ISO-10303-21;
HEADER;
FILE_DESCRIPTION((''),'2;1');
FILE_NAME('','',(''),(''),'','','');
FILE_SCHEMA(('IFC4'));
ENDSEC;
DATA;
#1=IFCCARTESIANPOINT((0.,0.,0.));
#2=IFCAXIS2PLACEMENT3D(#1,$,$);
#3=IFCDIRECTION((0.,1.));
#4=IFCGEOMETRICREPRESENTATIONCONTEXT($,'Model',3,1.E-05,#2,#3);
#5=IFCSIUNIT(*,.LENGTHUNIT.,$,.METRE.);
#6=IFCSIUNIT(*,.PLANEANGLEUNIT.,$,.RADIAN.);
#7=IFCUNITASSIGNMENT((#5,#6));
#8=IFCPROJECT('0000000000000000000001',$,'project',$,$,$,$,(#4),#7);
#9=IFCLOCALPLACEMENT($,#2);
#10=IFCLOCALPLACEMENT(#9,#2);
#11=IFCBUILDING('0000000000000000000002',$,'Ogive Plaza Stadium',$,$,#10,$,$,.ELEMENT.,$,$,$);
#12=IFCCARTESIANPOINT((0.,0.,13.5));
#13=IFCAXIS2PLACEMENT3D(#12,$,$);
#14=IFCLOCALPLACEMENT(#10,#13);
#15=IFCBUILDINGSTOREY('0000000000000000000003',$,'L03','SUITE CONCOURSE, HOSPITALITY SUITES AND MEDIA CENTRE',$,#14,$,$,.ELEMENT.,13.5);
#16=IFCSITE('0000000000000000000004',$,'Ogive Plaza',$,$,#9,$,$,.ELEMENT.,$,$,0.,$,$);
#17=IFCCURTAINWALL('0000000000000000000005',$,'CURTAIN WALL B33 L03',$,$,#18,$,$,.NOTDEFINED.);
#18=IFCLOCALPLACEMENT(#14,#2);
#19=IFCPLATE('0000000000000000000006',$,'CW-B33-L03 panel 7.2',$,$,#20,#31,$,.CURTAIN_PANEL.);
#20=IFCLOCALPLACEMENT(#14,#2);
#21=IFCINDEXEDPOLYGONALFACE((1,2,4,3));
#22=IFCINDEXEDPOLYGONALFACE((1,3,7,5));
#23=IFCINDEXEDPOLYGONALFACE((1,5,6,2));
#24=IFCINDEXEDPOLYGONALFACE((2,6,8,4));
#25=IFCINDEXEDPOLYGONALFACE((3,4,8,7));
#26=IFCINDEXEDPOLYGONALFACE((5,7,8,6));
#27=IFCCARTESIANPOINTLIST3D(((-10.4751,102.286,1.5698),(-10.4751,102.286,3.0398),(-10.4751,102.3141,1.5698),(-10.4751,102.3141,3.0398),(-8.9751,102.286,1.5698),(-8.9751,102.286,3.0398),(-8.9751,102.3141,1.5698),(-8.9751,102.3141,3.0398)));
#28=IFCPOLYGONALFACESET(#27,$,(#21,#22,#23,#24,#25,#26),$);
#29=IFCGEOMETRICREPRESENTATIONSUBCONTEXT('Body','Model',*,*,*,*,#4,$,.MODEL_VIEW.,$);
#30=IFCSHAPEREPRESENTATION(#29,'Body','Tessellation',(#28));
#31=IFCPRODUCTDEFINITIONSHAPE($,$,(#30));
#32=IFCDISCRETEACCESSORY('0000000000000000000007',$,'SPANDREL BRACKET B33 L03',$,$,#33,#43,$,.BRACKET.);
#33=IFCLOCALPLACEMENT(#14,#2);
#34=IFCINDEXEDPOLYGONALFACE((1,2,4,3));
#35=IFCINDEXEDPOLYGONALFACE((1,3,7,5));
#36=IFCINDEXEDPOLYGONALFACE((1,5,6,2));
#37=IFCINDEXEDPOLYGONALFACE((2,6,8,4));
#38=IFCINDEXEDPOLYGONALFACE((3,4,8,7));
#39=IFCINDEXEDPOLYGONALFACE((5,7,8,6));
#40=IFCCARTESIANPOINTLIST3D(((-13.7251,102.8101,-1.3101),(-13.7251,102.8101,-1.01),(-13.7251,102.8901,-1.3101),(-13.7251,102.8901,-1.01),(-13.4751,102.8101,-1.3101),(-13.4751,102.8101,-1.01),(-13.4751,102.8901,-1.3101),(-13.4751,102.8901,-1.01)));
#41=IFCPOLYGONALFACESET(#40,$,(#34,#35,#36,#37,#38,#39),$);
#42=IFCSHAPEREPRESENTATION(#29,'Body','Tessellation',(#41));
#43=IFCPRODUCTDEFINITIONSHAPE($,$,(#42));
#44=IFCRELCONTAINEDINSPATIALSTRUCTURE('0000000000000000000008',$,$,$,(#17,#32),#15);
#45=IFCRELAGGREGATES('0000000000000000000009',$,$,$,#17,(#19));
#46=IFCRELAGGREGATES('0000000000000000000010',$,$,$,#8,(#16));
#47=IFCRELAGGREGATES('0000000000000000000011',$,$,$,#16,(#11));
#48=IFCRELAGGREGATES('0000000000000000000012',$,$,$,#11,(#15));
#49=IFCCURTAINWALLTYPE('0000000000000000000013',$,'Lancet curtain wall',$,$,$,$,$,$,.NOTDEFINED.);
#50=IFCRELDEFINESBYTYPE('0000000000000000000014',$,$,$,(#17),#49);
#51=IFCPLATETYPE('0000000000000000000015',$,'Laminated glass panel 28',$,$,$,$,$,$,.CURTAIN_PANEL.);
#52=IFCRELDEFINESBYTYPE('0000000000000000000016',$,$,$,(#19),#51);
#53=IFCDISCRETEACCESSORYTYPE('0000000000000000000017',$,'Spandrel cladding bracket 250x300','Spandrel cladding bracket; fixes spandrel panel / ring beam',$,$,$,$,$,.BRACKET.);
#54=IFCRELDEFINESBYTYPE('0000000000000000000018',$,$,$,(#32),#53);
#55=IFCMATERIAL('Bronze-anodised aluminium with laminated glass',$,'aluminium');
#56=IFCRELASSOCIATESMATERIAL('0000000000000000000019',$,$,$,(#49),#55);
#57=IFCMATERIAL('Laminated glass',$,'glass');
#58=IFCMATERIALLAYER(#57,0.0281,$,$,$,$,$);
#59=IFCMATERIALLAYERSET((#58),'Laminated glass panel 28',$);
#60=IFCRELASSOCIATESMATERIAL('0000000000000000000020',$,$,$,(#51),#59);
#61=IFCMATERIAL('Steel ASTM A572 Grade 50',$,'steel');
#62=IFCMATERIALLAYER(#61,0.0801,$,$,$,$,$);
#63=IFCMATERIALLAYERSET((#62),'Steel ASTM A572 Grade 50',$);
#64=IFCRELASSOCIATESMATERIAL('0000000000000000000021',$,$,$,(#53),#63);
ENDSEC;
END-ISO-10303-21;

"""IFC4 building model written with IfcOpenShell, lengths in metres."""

from ifc_helpers import new_model, si_unit, direction, frame, origin, origin_2d, place, context, subcontext, project, spatial, rectangle, extrude, material, layer, layer_set, type_object, element, aggregate, save


model = new_model("IFC4")

# Units and contexts
model_context = context("Model", 3, precision=1e-05, world=origin(), true_north=direction((0.0, 1.0)))
body_context = subcontext(model_context, "Body", "Model", "MODEL_VIEW")
ifc_project = project(units=[si_unit("LENGTHUNIT", "METRE"), si_unit("PLANEANGLEUNIT", "RADIAN")], contexts=[model_context])

# Site, building, storey
site_placement = place(None, origin())
site = spatial("IfcSite", under=ifc_project, at=site_placement, Name="Ogive Plaza", CompositionType="ELEMENT", RefElevation=0.0)
building_placement = place(site_placement, origin())
building = spatial("IfcBuilding", under=site, at=building_placement, Name="Ogive Plaza Stadium", CompositionType="ELEMENT")
storey_placement = place(building_placement, frame((0.0, 0.0, 13.5)))
storey = spatial("IfcBuildingStorey", under=building, at=storey_placement, Name="L03", Description="SUITE CONCOURSE, HOSPITALITY SUITES AND MEDIA CENTRE", CompositionType="ELEMENT", Elevation=13.5)

# Curtain wall
ifc_material_1 = material(Name="Bronze-anodised aluminium with laminated glass", Category="aluminium")
curtain_wall_type = type_object("IfcCurtainWallType", Name="Lancet curtain wall", PredefinedType="NOTDEFINED", material=ifc_material_1)
curtain_wall_placement = place(storey_placement, origin())
curtain_wall = element("IfcCurtainWall", 1, at=curtain_wall_placement, inside=storey, type_object=curtain_wall_type, Name="CURTAIN WALL B33 L03", PredefinedType="NOTDEFINED")

# Plate
ifc_material_2 = material(Name="Laminated glass", Category="glass")
ifc_layer_1 = layer(ifc_material_2, 0.0281)
ifc_layer_set_1 = layer_set([ifc_layer_1], Name="Laminated glass panel 28")
plate_type = type_object("IfcPlateType", Name="Laminated glass panel 28", PredefinedType="CURTAIN_PANEL", material=ifc_layer_set_1)
plate_1_placement = place(storey_placement, frame((-9.7251, 102.3, 1.5698), z_axis=(0.0, 0.0, 1.0), x_axis=(1.0, 0.0, 0.0)))
plate_1 = element("IfcPlate", 2, at=plate_1_placement, type_object=plate_type, Name="CW-B33-L03 panel 7.2", PredefinedType="CURTAIN_PANEL", context=body_context, shape_type="SweptSolid", body=[
    extrude(rectangle(XDim=1.5, YDim=0.0281, at=origin_2d()), origin(), (0.0, 0.0, 1.0), 1.47),
])
aggregate(curtain_wall, [plate_1])

# Discrete accessory
ifc_material_3 = material(Name="Steel ASTM A572 Grade 50", Category="steel")
ifc_layer_2 = layer(ifc_material_3, 0.0801)
ifc_layer_set_2 = layer_set([ifc_layer_2], Name="Steel ASTM A572 Grade 50")
discrete_accessory_type = type_object("IfcDiscreteAccessoryType", Name="Spandrel cladding bracket 250x300", Description="Spandrel cladding bracket; fixes spandrel panel / ring beam", PredefinedType="BRACKET", material=ifc_layer_set_2)
discrete_accessory_placement = place(storey_placement, frame((-13.6001, 102.8501, -1.3101), z_axis=(0.0, 0.0, 1.0), x_axis=(1.0, 0.0, 0.0)))
element("IfcDiscreteAccessory", 3, at=discrete_accessory_placement, inside=storey, type_object=discrete_accessory_type, Name="SPANDREL BRACKET B33 L03", PredefinedType="BRACKET", context=body_context, shape_type="SweptSolid", body=[
    extrude(rectangle(XDim=0.25, YDim=0.0801, at=origin_2d()), origin(), (0.0, 0.0, 1.0), 0.3),
])

save(model, "model.ifc")
